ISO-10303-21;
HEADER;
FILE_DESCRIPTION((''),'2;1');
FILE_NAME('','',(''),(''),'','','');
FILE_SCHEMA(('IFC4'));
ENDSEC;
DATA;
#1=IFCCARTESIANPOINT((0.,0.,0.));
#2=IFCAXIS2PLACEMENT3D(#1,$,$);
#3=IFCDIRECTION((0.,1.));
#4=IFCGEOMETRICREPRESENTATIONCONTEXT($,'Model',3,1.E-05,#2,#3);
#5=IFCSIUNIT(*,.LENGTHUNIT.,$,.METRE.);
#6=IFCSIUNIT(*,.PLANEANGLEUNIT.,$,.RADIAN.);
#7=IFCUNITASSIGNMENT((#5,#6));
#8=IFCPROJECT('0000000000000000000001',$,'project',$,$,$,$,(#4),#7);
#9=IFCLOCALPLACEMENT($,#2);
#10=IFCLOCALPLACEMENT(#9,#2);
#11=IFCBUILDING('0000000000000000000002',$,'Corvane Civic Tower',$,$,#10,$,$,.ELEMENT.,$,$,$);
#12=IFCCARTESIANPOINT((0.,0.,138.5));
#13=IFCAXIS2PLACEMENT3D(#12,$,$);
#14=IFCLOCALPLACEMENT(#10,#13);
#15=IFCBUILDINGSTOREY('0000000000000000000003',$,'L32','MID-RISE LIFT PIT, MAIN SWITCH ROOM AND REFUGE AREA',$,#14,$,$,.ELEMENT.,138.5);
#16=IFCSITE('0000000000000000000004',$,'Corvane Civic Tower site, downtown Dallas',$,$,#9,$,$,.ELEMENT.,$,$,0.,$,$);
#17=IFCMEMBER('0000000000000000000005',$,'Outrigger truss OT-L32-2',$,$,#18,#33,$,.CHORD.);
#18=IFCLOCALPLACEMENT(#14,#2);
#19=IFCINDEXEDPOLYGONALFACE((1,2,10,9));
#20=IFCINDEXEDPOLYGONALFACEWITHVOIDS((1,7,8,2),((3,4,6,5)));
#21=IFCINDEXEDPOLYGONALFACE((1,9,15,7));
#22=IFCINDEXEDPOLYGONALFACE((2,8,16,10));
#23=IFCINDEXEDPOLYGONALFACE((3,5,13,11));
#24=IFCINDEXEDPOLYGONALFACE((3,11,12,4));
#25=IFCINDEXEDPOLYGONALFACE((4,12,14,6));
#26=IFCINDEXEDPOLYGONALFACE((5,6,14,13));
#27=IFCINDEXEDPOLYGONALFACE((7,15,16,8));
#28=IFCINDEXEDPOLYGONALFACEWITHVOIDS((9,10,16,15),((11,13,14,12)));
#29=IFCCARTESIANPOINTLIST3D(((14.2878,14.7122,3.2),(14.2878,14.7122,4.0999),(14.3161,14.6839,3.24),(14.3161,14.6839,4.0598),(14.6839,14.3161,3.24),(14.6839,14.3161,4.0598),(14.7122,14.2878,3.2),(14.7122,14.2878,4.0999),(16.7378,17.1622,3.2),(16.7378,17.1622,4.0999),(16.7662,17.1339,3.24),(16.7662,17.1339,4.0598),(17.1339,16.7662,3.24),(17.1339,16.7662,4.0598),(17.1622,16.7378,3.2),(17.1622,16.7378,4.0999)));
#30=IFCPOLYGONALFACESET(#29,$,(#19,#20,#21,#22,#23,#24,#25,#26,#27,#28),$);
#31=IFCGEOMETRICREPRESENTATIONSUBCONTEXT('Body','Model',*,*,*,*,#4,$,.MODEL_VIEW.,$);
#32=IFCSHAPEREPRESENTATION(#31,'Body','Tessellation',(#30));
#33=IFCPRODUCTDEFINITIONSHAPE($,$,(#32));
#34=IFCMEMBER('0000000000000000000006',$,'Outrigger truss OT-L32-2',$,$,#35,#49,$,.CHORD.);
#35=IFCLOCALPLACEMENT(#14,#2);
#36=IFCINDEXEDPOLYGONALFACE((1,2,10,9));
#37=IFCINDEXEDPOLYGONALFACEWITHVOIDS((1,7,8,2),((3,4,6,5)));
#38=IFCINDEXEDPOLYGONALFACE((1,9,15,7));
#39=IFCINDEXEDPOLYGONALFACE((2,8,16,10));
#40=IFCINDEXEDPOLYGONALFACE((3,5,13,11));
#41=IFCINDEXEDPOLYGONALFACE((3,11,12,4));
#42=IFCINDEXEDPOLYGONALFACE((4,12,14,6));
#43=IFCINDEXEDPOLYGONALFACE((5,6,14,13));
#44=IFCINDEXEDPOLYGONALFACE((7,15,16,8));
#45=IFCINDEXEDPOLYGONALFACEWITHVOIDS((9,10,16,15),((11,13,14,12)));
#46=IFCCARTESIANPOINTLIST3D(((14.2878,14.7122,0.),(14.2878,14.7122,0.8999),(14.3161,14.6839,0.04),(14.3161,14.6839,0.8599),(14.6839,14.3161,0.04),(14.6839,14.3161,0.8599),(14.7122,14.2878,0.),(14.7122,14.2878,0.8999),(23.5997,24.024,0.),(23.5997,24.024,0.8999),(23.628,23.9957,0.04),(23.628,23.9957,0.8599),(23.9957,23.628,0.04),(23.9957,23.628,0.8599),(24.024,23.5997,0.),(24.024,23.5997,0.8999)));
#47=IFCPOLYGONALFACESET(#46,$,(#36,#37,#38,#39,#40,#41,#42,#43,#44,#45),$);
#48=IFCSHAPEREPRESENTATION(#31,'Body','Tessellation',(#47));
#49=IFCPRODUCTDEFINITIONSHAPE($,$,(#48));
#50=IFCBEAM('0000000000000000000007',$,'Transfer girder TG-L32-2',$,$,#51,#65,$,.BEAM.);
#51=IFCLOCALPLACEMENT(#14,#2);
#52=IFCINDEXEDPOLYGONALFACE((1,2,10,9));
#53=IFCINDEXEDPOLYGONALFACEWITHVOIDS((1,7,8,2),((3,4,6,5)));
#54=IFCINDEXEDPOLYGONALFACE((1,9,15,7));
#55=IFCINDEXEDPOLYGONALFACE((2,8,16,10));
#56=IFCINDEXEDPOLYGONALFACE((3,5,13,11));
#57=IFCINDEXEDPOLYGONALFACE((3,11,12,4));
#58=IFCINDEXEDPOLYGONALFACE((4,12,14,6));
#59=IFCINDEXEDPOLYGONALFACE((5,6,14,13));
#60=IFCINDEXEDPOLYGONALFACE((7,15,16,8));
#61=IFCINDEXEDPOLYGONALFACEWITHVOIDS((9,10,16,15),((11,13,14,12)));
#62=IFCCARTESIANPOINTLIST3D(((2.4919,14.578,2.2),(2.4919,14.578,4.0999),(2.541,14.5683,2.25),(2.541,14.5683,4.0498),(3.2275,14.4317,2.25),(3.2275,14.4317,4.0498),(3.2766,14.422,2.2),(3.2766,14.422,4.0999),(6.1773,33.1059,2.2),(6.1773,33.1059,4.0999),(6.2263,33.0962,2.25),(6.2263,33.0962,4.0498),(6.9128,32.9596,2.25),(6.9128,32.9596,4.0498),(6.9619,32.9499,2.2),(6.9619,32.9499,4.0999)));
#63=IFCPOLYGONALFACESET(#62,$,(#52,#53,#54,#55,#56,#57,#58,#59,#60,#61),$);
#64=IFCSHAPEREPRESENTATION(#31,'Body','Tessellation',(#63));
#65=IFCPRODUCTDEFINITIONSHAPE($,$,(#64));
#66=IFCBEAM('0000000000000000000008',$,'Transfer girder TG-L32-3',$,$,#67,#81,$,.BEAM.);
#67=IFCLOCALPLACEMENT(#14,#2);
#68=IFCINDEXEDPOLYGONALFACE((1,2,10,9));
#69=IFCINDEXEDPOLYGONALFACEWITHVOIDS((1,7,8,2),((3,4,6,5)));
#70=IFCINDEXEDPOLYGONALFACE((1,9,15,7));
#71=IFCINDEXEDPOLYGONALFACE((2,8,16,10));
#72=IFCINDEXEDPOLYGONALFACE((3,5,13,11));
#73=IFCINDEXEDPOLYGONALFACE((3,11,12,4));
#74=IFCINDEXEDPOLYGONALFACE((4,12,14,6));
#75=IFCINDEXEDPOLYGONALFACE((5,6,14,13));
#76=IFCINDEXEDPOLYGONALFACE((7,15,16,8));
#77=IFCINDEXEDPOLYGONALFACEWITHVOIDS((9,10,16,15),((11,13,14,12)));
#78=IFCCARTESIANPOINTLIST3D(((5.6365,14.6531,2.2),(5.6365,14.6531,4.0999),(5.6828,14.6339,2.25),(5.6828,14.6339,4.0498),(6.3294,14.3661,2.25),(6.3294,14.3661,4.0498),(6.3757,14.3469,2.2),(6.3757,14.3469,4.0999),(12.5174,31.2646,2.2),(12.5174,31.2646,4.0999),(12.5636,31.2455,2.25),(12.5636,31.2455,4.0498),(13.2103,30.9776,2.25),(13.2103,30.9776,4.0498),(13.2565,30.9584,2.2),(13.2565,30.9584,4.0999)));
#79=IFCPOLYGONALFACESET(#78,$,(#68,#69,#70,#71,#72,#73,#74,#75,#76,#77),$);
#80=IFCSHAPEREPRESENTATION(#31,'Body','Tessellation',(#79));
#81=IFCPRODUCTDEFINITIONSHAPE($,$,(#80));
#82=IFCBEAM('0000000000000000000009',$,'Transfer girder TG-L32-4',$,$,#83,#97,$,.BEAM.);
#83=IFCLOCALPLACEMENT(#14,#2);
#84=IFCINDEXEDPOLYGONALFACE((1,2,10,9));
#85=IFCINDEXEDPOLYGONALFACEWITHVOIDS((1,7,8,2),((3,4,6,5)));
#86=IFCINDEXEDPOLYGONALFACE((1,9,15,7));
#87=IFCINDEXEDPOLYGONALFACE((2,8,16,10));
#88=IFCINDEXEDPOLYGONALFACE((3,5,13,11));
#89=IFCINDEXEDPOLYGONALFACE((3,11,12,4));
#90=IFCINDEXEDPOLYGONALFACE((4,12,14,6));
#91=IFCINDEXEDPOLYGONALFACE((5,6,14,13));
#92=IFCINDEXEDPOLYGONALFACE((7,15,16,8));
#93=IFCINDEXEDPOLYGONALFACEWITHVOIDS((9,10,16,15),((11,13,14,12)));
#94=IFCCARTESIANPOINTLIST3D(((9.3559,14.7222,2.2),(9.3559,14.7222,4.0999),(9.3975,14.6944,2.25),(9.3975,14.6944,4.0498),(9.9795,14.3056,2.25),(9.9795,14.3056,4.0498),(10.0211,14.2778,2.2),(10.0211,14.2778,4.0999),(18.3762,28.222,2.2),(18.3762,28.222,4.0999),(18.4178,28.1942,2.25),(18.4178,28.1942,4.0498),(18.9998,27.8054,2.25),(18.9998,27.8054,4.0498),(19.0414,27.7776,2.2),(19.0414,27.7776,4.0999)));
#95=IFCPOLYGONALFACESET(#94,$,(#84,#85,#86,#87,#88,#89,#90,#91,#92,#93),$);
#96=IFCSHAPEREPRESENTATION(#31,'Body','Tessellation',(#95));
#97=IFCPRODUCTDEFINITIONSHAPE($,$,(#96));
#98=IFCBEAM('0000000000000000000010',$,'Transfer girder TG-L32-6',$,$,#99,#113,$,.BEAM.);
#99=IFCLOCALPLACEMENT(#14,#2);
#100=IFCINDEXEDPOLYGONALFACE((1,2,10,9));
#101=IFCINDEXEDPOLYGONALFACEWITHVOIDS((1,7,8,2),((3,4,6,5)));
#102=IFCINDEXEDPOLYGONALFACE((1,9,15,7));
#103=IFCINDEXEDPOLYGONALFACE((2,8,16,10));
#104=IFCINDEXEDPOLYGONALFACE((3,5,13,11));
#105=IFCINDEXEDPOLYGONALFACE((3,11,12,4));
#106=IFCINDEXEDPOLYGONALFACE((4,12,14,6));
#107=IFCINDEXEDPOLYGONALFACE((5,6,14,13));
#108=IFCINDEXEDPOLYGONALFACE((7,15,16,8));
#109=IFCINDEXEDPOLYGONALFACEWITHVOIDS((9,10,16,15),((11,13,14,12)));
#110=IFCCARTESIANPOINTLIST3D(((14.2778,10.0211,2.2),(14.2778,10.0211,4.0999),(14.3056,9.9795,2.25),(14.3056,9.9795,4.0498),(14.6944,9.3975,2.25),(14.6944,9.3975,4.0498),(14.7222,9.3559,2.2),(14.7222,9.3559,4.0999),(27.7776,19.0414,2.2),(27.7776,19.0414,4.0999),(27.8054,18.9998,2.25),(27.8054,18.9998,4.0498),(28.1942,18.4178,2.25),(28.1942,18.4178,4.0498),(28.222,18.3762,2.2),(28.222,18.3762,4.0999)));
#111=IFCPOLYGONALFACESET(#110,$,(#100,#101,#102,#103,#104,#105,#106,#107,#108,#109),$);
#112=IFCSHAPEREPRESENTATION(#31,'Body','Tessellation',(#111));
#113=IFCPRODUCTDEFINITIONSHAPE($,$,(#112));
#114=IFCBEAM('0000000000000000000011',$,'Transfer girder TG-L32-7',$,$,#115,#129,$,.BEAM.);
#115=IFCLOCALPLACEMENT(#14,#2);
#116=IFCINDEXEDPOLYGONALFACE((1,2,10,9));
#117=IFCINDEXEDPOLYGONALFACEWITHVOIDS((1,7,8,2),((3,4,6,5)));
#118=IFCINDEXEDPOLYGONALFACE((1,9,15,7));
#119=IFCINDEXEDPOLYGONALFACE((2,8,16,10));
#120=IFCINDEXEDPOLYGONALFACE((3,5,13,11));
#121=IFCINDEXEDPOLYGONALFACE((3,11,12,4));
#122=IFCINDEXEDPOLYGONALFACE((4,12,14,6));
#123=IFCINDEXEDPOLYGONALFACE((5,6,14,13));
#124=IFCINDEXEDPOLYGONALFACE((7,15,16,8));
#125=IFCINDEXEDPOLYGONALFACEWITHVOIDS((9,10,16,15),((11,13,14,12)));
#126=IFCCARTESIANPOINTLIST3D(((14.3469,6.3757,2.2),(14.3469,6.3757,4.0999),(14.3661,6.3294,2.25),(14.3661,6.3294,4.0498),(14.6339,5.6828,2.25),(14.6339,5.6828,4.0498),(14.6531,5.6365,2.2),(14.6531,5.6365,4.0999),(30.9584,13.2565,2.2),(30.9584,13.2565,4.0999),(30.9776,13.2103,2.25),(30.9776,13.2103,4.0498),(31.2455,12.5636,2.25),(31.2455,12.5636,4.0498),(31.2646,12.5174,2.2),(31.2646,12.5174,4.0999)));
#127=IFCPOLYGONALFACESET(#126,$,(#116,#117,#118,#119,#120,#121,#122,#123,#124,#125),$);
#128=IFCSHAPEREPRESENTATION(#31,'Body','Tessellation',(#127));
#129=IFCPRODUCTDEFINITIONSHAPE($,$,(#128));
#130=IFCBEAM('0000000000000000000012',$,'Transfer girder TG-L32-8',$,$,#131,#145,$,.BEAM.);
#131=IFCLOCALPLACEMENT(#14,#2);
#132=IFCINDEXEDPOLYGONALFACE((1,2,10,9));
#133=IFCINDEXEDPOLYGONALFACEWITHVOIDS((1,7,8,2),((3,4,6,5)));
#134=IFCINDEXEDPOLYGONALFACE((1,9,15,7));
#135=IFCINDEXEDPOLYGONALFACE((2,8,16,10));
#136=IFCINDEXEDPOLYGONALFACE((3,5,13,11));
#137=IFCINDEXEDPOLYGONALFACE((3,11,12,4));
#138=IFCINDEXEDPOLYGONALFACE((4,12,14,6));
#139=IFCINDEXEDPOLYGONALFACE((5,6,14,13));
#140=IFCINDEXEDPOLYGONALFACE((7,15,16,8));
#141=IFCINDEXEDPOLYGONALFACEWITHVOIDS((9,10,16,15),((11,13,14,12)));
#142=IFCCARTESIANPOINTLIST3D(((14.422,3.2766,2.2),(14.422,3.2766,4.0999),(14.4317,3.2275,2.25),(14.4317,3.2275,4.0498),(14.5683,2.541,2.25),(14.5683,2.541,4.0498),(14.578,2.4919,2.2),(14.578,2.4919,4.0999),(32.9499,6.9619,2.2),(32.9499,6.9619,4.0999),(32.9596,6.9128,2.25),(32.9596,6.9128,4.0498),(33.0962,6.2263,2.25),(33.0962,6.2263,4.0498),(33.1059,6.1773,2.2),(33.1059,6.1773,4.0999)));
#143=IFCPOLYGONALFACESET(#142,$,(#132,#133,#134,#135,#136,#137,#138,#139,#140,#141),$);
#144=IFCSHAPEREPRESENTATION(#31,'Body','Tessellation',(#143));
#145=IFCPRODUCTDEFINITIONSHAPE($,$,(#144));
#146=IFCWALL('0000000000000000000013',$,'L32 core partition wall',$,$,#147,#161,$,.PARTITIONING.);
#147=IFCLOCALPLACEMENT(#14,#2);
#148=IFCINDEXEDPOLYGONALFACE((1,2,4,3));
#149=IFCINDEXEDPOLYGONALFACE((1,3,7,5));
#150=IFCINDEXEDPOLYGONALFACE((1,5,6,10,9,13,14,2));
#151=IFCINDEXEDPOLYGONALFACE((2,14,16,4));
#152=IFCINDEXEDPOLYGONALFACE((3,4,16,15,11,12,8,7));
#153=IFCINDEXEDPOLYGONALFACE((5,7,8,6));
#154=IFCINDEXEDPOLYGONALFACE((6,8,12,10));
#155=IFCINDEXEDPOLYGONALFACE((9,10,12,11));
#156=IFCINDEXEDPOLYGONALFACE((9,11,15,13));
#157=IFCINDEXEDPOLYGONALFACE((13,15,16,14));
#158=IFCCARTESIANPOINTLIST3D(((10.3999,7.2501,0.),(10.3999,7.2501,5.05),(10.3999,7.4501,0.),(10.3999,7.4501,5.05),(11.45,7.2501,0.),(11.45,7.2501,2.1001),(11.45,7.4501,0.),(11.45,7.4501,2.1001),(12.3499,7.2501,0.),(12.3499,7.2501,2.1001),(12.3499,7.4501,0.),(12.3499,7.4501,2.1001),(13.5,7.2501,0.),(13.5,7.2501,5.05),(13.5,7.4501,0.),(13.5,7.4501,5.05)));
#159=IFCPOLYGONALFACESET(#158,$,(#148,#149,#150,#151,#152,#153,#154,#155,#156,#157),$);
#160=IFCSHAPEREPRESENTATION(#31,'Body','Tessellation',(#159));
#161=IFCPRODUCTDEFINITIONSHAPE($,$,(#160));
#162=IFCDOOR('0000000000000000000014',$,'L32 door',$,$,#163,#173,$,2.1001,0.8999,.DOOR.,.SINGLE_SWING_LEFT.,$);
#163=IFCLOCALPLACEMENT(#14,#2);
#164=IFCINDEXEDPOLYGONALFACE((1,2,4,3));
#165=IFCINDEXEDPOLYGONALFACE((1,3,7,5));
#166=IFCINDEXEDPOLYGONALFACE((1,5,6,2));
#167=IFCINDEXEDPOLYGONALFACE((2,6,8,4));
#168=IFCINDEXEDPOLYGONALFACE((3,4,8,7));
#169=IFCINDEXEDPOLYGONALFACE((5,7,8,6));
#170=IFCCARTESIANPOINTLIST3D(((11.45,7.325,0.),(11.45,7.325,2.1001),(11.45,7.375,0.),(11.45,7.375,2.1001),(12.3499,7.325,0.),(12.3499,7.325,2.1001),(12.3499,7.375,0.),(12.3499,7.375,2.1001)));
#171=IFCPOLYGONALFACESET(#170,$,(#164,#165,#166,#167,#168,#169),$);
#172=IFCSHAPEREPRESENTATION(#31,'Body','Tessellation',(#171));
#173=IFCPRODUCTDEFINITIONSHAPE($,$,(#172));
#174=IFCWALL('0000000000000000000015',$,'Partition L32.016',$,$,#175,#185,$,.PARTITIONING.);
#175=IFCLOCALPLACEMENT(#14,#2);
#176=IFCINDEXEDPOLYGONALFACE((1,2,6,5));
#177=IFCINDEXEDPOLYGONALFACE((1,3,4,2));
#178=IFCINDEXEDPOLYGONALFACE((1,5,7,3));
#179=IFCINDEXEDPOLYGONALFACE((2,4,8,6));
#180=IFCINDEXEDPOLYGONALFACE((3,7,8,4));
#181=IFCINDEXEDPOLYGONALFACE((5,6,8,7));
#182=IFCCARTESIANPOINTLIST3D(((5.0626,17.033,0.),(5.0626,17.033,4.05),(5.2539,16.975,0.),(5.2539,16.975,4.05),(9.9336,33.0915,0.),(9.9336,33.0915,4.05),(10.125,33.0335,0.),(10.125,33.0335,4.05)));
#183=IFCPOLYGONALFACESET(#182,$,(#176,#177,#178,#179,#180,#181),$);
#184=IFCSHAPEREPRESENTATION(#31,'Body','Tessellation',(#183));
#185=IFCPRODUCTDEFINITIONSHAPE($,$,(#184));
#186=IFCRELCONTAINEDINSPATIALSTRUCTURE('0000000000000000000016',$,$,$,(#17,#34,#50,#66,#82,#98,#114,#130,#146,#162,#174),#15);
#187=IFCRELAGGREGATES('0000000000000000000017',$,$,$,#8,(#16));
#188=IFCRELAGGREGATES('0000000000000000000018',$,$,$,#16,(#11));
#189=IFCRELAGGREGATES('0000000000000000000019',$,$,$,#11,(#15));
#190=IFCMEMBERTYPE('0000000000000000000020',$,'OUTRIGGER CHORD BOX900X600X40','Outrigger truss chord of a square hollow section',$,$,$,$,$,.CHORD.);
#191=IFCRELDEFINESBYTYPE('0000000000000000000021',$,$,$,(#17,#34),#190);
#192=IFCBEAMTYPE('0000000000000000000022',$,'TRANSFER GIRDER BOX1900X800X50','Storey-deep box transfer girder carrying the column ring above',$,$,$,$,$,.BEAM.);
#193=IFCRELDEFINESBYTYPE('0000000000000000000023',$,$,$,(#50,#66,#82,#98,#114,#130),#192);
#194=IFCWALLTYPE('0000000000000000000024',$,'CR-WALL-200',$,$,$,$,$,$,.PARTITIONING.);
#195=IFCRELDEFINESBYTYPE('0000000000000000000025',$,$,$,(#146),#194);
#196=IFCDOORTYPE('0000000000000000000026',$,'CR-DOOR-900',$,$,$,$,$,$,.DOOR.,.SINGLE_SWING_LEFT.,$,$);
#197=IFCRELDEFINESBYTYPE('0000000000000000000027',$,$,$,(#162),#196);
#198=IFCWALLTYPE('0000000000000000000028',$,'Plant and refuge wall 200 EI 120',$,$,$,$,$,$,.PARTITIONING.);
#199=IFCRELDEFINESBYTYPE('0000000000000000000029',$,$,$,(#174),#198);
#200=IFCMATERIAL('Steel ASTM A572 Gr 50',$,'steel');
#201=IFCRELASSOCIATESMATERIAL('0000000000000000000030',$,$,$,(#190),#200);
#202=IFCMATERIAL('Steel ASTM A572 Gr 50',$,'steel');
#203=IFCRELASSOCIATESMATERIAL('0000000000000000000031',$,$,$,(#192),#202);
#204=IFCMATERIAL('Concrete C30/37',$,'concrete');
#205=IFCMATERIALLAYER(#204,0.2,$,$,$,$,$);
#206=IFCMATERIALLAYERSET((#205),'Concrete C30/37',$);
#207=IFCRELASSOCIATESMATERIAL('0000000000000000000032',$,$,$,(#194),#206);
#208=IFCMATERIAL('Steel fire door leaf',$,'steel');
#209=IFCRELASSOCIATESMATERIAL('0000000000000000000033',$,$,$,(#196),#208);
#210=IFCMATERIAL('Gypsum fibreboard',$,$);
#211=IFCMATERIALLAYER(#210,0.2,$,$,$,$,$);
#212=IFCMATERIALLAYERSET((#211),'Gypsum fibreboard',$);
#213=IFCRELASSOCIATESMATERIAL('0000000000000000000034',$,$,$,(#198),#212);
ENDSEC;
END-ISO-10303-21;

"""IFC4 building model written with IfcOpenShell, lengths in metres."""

from ifc_helpers import new_model, si_unit, direction, frame, frame_2d, origin, origin_2d, place, context, subcontext, project, spatial, rectangle, hollow_rectangle, extrude, material, layer, layer_set, material_profile, profile_set, type_object, element, fill, save


model = new_model("IFC4")

# Units and contexts
model_context = context("Model", 3, precision=1e-05, world=origin(), true_north=direction((0.0, 1.0)))
body_context = subcontext(model_context, "Body", "Model", "MODEL_VIEW")
ifc_project = project(units=[si_unit("LENGTHUNIT", "METRE"), si_unit("PLANEANGLEUNIT", "RADIAN")], contexts=[model_context])

# Site, building, storey
site_placement = place(None, origin())
site = spatial("IfcSite", under=ifc_project, at=site_placement, Name="Corvane Civic Tower site, downtown Dallas", CompositionType="ELEMENT", RefElevation=0.0)
building_placement = place(site_placement, origin())
building = spatial("IfcBuilding", under=site, at=building_placement, Name="Corvane Civic Tower", CompositionType="ELEMENT")
storey_placement = place(building_placement, frame((0.0, 0.0, 138.5)))
storey = spatial("IfcBuildingStorey", under=building, at=storey_placement, Name="L32", Description="MID-RISE LIFT PIT, MAIN SWITCH ROOM AND REFUGE AREA", CompositionType="ELEMENT", Elevation=138.5)

# Members
ifc_material_1 = material(Name="Steel ASTM A572 Gr 50", Category="steel")
ifc_material_profile_1 = material_profile(ifc_material_1, hollow_rectangle(XDim=0.6001, YDim=0.8999, WallThickness=0.04, at=origin_2d()), Name="BOX900X600X40")
ifc_profile_set_1 = profile_set([ifc_material_profile_1], Name="Steel ASTM A572 Gr 50")
member_type = type_object("IfcMemberType", Name="OUTRIGGER CHORD BOX900X600X40", Description="Outrigger truss chord of a square hollow section", PredefinedType="CHORD", material=ifc_profile_set_1)
member_1_placement = place(storey_placement, frame((14.5, 14.5, 3.6499), z_axis=(0.707107, 0.707107, 0.0), x_axis=(-0.707107, 0.707107, 0.0)))
element("IfcMember", 1, at=member_1_placement, inside=storey, type_object=member_type, Name="Outrigger truss OT-L32-2", PredefinedType="CHORD", context=body_context, shape_type="SweptSolid", body=[
    extrude(hollow_rectangle(XDim=0.6001, YDim=0.8999, WallThickness=0.04, at=origin_2d()), origin(), (0.0, 0.0, 1.0), 3.4648),
])
member_2_placement = place(storey_placement, frame((14.5, 14.5, 0.45), z_axis=(0.707107, 0.707107, 0.0), x_axis=(-0.707107, 0.707107, 0.0)))
element("IfcMember", 2, at=member_2_placement, inside=storey, type_object=member_type, Name="Outrigger truss OT-L32-2", PredefinedType="CHORD", context=body_context, shape_type="SweptSolid", body=[
    extrude(hollow_rectangle(XDim=0.6001, YDim=0.8999, WallThickness=0.04, at=origin_2d()), origin(), (0.0, 0.0, 1.0), 13.1689),
])

# Beams
ifc_material_2 = material(Name="Steel ASTM A572 Gr 50", Category="steel")
ifc_material_profile_2 = material_profile(ifc_material_2, hollow_rectangle(XDim=0.8, YDim=1.8999, WallThickness=0.05, at=origin_2d()), Name="BOX1900X800X50")
ifc_profile_set_2 = profile_set([ifc_material_profile_2], Name="Steel ASTM A572 Gr 50")
beam_type_1 = type_object("IfcBeamType", Name="TRANSFER GIRDER BOX1900X800X50", Description="Storey-deep box transfer girder carrying the column ring above", PredefinedType="BEAM", material=ifc_profile_set_2)
beam_1_placement = place(storey_placement, frame((2.8843, 14.5, 3.1499), z_axis=(0.195085, 0.980786, 0.0), x_axis=(-0.980786, 0.195085, 0.0)))
element("IfcBeam", 3, at=beam_1_placement, inside=storey, type_object=beam_type_1, Name="Transfer girder TG-L32-2", PredefinedType="BEAM", context=body_context, shape_type="SweptSolid", body=[
    extrude(hollow_rectangle(XDim=0.8, YDim=1.8999, WallThickness=0.05, at=origin_2d()), origin(), (0.0, 0.0, 1.0), 18.8909),
])
beam_2_placement = place(storey_placement, frame((6.0061, 14.5, 3.1499), z_axis=(0.382689, 0.923877, 0.0), x_axis=(-0.923877, 0.382689, 0.0)))
element("IfcBeam", 4, at=beam_2_placement, inside=storey, type_object=beam_type_1, Name="Transfer girder TG-L32-3", PredefinedType="BEAM", context=body_context, shape_type="SweptSolid", body=[
    extrude(hollow_rectangle(XDim=0.8, YDim=1.8999, WallThickness=0.05, at=origin_2d()), origin(), (0.0, 0.0, 1.0), 17.9802),
])
for number, where, z_axis, x_axis, name in (
    (5, (9.6885, 14.5, 3.1499), (0.555571, 0.831469, 0.0), (-0.831469, 0.555571, 0.0), "Transfer girder TG-L32-4"),
    (6, (14.5, 9.6885, 3.1499), (0.831469, 0.555571, 0.0), (-0.555571, 0.831469, 0.0), "Transfer girder TG-L32-6"),
):
    element("IfcBeam", number, at=place(storey_placement, frame(where, z_axis=z_axis, x_axis=x_axis)), inside=storey, type_object=beam_type_1, Name=name, PredefinedType="BEAM", context=body_context, shape_type="SweptSolid", body=[
        extrude(hollow_rectangle(XDim=0.8, YDim=1.8999, WallThickness=0.05, at=origin_2d()), origin(), (0.0, 0.0, 1.0), 16.2361),
    ])
beam_3_placement = place(storey_placement, frame((14.5, 6.0061, 3.1499), z_axis=(0.923877, 0.382689, 0.0), x_axis=(-0.382689, 0.923877, 0.0)))
element("IfcBeam", 7, at=beam_3_placement, inside=storey, type_object=beam_type_1, Name="Transfer girder TG-L32-7", PredefinedType="BEAM", context=body_context, shape_type="SweptSolid", body=[
    extrude(hollow_rectangle(XDim=0.8, YDim=1.8999, WallThickness=0.05, at=origin_2d()), origin(), (0.0, 0.0, 1.0), 17.9802),
])
beam_4_placement = place(storey_placement, frame((14.5, 2.8843, 3.1499), z_axis=(0.980786, 0.195085, 0.0), x_axis=(-0.195085, 0.980786, 0.0)))
element("IfcBeam", 8, at=beam_4_placement, inside=storey, type_object=beam_type_1, Name="Transfer girder TG-L32-8", PredefinedType="BEAM", context=body_context, shape_type="SweptSolid", body=[
    extrude(hollow_rectangle(XDim=0.8, YDim=1.8999, WallThickness=0.05, at=origin_2d()), origin(), (0.0, 0.0, 1.0), 18.8909),
])

# Wall, opening, door
ifc_material_3 = material(Name="Concrete C30/37", Category="concrete")
ifc_layer_1 = layer(ifc_material_3, 0.2)
ifc_layer_set_1 = layer_set([ifc_layer_1], Name="Concrete C30/37")
wall_type_1 = type_object("IfcWallType", Name="CR-WALL-200", PredefinedType="PARTITIONING", material=ifc_layer_set_1)
wall_1_placement = place(storey_placement, frame((10.3999, 7.3501, 0.0), z_axis=(0.0, 0.0, 1.0), x_axis=(1.0, 0.0, 0.0)))
wall_1 = element("IfcWall", 9, at=wall_1_placement, inside=storey, type_object=wall_type_1, Name="L32 core partition wall", PredefinedType="PARTITIONING", context=body_context, shape_type="SweptSolid", body=[
    extrude(rectangle(XDim=3.1001, YDim=0.2, at=frame_2d((1.55, 0.0))), origin(), (0.0, 0.0, 1.0), 5.05),
])
opening_1_placement = place(wall_1_placement, frame((1.05, 0.0, 0.0)))
opening_1 = element("IfcOpeningElement", 10, at=opening_1_placement, cuts=wall_1, PredefinedType="OPENING", context=body_context, shape_type="SweptSolid", body=[
    extrude(rectangle(XDim=0.8999, YDim=2.1001, at=frame_2d((0.45, 1.05))), frame((0.0, 0.1099, 0.0), z_axis=(0.0, -1.0, 0.0), x_axis=(1.0, 0.0, 0.0)), (0.0, 0.0, 1.0), 0.22),
])
ifc_material_4 = material(Name="Steel fire door leaf", Category="steel")
door_type_1 = type_object("IfcDoorType", Name="CR-DOOR-900", OperationType="SINGLE_SWING_LEFT", PredefinedType="DOOR", material=ifc_material_4)
door_1_placement = place(opening_1_placement, origin())
door_1 = element("IfcDoor", 11, at=door_1_placement, inside=storey, type_object=door_type_1, Name="L32 door", OperationType="SINGLE_SWING_LEFT", OverallHeight=2.1001, OverallWidth=0.8999, PredefinedType="DOOR", context=body_context, shape_type="SweptSolid", body=[
    extrude(rectangle(XDim=0.8999, YDim=2.1001, at=frame_2d((0.45, 1.05))), frame((0.0, 0.0249, 0.0), z_axis=(0.0, -1.0, 0.0), x_axis=(1.0, 0.0, 0.0)), (0.0, 0.0, 1.0), 0.05),
])
fill(opening_1, door_1)

# Wall
ifc_material_5 = material(Name="Gypsum fibreboard")
ifc_layer_2 = layer(ifc_material_5, 0.2)
ifc_layer_set_2 = layer_set([ifc_layer_2], Name="Gypsum fibreboard")
wall_type_2 = type_object("IfcWallType", Name="Plant and refuge wall 200 EI 120", PredefinedType="PARTITIONING", material=ifc_layer_set_2)
wall_2_placement = place(storey_placement, frame((5.1582, 17.0039, 0.0), z_axis=(0.0, 0.0, 1.0), x_axis=(0.290272, 0.956944, 0.0)))
element("IfcWall", 12, at=wall_2_placement, inside=storey, type_object=wall_type_2, Name="Partition L32.016", PredefinedType="PARTITIONING", context=body_context, shape_type="SweptSolid", body=[
    extrude(rectangle(XDim=16.781, YDim=0.2, at=frame_2d((8.3906, 0.0))), origin(), (0.0, 0.0, 1.0), 4.05),
])

save(model, "model.ifc")
